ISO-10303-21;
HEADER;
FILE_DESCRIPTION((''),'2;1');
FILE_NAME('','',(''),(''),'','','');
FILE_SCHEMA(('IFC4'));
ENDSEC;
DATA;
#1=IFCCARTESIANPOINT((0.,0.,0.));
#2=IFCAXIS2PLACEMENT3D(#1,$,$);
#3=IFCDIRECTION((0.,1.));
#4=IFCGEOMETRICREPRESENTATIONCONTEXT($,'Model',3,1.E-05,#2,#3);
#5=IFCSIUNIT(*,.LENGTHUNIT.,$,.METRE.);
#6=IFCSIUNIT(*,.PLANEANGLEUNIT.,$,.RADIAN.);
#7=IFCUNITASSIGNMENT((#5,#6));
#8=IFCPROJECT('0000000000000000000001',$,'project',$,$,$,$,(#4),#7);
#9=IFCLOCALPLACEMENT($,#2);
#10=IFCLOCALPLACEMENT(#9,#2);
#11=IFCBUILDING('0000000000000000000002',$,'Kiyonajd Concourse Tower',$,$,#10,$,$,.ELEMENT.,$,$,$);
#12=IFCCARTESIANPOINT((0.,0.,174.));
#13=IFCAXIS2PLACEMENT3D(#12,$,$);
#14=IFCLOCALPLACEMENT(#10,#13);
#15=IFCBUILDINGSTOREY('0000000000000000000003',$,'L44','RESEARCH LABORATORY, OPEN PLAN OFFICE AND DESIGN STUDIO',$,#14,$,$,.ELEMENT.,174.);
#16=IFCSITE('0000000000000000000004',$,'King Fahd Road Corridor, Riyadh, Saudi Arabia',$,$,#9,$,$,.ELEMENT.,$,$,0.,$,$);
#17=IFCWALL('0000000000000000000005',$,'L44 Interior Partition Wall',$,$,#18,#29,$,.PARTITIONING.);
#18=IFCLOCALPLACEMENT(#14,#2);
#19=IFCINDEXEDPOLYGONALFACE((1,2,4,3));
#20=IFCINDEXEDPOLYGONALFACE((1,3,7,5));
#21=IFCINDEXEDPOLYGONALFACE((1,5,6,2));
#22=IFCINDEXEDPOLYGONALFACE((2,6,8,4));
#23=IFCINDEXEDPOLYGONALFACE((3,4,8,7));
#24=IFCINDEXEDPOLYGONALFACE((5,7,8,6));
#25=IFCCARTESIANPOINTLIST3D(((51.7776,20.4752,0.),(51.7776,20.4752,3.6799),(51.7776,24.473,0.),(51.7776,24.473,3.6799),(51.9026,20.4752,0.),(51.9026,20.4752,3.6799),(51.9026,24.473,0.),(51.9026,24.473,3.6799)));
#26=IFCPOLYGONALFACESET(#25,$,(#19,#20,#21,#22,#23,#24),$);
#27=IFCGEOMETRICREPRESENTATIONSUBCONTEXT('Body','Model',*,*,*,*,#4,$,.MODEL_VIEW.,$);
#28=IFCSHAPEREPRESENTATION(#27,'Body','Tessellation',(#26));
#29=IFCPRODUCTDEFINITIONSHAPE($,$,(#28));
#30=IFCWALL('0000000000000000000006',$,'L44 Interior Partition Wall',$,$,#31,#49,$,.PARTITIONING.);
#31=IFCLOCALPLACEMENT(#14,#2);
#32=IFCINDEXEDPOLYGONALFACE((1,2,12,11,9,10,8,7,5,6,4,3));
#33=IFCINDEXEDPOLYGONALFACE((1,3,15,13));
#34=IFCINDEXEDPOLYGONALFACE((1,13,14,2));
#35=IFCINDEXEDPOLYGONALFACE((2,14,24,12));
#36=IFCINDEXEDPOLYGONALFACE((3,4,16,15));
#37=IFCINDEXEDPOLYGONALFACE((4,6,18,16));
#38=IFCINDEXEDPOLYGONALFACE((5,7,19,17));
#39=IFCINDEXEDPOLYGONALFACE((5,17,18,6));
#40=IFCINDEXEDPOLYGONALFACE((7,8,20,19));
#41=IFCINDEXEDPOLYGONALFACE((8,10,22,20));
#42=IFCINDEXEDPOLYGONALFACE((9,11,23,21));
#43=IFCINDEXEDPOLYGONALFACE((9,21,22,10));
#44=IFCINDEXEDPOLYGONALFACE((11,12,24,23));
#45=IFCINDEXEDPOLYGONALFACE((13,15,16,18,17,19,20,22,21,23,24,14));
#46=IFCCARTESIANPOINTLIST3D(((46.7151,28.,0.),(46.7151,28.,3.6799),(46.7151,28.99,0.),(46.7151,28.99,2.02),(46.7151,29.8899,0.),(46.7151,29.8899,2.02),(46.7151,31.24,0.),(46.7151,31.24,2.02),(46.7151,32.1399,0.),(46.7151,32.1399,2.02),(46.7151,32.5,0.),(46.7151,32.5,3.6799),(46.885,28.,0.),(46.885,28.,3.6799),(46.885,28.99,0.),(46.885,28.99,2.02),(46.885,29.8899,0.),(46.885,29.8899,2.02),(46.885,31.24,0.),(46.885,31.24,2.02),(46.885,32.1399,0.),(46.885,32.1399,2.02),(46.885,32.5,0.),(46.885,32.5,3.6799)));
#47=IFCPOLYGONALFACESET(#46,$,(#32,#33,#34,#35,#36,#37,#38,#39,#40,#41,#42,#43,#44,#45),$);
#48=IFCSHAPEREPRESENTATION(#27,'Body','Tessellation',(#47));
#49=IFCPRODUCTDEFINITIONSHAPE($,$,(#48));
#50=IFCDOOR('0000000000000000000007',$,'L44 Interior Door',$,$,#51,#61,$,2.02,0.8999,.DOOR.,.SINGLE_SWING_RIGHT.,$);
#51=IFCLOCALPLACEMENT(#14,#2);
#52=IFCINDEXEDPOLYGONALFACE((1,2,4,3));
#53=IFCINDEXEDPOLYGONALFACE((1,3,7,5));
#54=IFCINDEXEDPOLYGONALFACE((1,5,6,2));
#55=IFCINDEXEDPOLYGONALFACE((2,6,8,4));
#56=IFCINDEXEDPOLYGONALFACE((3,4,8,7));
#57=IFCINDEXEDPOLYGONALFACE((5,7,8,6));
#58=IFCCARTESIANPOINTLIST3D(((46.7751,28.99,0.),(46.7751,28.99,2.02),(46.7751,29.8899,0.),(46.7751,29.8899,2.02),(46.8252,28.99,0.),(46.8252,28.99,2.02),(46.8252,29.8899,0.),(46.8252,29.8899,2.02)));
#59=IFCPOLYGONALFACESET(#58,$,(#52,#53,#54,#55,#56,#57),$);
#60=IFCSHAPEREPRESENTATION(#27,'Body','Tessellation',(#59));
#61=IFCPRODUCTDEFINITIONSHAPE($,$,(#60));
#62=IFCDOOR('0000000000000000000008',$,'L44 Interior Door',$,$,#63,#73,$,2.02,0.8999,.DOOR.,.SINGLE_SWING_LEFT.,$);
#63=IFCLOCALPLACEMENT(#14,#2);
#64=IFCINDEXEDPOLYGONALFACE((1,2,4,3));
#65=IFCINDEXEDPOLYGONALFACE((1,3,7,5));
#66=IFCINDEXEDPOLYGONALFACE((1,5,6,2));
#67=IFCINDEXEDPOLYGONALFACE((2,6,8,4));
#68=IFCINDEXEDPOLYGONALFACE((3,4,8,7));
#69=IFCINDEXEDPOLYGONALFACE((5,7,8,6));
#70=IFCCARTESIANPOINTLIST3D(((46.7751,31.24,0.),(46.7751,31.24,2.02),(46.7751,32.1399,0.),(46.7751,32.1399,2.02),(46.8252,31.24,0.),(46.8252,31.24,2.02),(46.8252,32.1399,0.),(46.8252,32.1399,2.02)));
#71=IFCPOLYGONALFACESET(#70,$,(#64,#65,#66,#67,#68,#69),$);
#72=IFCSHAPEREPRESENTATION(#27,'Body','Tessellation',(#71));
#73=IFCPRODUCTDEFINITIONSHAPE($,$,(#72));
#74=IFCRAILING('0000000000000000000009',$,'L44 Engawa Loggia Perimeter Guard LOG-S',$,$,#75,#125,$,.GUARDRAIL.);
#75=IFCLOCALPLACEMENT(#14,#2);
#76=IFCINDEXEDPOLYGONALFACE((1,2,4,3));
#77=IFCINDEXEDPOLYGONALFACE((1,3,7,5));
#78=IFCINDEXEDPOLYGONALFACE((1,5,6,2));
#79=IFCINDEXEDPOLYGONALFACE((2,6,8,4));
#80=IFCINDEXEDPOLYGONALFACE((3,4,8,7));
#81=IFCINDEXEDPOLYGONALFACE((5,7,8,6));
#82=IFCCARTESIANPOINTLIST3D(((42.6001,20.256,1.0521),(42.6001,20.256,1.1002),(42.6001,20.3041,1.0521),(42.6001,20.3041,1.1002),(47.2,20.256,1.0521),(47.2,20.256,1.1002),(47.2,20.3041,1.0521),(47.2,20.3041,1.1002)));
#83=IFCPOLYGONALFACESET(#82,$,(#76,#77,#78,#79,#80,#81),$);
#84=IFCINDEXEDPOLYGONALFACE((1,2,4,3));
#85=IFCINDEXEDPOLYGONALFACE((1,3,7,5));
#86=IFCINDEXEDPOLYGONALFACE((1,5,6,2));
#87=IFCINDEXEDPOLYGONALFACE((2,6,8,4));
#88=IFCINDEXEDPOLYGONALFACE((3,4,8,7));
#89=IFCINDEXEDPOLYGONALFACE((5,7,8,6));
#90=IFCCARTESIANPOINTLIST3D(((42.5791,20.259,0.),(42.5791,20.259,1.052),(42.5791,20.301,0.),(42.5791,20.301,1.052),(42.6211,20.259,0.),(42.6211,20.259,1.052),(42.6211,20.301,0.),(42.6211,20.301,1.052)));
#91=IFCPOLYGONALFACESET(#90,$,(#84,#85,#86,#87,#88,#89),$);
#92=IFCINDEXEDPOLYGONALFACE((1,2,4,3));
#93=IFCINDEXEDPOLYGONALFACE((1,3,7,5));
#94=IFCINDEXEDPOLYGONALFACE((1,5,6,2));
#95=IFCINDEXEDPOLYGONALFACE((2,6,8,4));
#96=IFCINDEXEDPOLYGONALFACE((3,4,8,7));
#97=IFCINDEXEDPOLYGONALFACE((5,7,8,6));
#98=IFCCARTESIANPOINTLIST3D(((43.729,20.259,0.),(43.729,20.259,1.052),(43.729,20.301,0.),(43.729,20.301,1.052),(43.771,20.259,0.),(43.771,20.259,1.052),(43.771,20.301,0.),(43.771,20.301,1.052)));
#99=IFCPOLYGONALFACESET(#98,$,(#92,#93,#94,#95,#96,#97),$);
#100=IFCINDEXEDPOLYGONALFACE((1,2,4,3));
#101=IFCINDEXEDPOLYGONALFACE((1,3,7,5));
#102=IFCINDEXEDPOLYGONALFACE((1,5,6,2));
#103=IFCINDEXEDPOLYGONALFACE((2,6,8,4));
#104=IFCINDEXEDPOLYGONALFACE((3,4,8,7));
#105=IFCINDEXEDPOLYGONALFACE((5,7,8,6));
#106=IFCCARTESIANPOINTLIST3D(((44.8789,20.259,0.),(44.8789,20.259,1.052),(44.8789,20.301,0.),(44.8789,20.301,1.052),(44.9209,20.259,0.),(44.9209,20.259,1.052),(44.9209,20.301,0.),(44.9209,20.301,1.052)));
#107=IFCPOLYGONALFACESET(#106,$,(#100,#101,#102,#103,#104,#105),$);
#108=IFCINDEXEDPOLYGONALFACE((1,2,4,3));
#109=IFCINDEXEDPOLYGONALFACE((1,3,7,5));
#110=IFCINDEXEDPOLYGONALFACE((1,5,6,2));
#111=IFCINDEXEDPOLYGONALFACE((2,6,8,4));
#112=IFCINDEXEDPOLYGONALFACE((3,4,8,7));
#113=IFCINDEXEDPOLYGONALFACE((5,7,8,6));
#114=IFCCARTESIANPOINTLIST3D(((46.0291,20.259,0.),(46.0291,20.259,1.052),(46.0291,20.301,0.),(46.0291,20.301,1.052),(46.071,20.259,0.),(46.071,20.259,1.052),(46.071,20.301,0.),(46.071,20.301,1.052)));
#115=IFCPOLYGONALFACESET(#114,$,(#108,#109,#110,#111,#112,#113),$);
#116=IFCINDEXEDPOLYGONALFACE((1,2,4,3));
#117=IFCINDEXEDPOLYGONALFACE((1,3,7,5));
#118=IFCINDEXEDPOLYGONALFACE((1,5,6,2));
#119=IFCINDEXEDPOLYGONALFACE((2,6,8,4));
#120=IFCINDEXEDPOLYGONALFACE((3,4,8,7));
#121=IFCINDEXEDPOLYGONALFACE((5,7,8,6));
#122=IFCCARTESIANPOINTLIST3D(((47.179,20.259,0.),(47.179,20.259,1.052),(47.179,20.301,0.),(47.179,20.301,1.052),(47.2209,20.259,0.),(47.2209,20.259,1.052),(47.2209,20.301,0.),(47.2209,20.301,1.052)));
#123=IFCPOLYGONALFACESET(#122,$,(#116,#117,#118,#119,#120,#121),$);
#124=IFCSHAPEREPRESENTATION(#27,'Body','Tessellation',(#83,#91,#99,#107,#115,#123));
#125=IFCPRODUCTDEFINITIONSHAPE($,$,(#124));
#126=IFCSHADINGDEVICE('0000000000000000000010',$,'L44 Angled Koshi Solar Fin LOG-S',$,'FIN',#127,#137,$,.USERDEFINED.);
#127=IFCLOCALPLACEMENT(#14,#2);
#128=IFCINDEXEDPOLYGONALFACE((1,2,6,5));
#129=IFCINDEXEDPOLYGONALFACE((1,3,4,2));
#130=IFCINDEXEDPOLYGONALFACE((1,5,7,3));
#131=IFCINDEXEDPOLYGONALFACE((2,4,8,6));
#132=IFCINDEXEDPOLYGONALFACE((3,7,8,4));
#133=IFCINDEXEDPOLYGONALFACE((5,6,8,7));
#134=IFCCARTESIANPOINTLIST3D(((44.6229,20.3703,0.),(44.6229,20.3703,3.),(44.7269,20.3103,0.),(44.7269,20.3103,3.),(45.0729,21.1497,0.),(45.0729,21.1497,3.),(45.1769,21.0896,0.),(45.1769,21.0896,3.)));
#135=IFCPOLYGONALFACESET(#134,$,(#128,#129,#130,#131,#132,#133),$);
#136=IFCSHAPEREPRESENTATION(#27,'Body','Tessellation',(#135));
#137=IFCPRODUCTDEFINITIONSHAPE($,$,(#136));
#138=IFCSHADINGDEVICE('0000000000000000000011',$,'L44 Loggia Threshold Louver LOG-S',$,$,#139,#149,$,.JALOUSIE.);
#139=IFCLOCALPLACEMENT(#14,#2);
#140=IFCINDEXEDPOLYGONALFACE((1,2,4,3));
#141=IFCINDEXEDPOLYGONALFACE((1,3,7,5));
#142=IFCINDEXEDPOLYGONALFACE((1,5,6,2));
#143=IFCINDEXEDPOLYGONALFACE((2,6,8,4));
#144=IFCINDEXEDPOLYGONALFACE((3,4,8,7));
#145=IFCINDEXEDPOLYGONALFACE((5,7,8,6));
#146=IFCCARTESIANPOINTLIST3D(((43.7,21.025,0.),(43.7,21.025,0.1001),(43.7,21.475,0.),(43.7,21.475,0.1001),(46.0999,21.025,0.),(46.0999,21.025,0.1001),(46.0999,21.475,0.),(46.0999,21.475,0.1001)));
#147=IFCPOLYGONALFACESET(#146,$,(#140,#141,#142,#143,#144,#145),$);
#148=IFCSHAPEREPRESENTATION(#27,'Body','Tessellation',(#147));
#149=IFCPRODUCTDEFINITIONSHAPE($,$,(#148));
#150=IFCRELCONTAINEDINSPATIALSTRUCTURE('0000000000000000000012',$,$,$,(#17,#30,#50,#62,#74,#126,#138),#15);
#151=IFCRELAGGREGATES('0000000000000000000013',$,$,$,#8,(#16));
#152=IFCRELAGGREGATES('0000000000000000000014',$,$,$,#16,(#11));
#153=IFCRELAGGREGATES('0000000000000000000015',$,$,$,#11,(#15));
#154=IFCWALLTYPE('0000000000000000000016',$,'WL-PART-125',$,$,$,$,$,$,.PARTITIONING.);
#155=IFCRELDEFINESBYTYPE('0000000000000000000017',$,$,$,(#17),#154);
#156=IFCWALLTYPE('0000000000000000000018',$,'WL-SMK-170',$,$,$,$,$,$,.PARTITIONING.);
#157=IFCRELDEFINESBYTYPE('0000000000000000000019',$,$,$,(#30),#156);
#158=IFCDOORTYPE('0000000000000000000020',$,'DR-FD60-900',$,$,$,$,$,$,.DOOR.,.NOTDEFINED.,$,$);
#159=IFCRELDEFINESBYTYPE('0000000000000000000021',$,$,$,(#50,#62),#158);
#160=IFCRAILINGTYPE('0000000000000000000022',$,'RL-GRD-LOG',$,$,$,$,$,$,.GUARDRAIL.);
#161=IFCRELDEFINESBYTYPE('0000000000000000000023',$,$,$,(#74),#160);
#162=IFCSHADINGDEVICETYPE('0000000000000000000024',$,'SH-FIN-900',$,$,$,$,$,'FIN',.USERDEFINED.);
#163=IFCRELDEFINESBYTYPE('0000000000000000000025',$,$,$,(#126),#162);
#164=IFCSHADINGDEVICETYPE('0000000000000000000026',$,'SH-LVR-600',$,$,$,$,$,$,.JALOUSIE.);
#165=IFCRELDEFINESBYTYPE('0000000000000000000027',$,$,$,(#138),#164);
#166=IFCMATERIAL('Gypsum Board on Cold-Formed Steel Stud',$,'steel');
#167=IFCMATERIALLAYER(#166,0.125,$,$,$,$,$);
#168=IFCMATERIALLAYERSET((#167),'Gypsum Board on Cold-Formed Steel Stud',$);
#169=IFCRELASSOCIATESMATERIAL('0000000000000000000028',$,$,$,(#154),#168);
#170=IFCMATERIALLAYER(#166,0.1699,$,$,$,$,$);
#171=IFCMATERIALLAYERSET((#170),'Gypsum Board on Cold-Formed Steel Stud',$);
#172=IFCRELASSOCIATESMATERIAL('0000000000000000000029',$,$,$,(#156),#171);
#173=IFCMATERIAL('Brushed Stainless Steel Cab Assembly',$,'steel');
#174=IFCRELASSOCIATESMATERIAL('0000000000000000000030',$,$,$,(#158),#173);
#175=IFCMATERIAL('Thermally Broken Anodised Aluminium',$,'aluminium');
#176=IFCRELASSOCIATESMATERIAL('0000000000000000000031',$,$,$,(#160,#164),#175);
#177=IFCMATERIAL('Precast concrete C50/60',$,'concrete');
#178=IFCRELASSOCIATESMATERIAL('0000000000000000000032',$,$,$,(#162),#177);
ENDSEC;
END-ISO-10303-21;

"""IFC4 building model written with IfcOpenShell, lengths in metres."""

from ifc_helpers import new_model, si_unit, direction, frame, frame_2d, origin, origin_2d, place, context, subcontext, project, spatial, rectangle, extrude, material, layer, layer_set, type_object, element, fill, save


model = new_model("IFC4")

# Units and contexts
model_context = context("Model", 3, precision=1e-05, world=origin(), true_north=direction((0.0, 1.0)))
body_context = subcontext(model_context, "Body", "Model", "MODEL_VIEW")
ifc_project = project(units=[si_unit("LENGTHUNIT", "METRE"), si_unit("PLANEANGLEUNIT", "RADIAN")], contexts=[model_context])

# Site, building, storey
site_placement = place(None, origin())
site = spatial("IfcSite", under=ifc_project, at=site_placement, Name="King Fahd Road Corridor, Riyadh, Saudi Arabia", CompositionType="ELEMENT", RefElevation=0.0)
building_placement = place(site_placement, origin())
building = spatial("IfcBuilding", under=site, at=building_placement, Name="Kiyonajd Concourse Tower", CompositionType="ELEMENT")
storey_placement = place(building_placement, frame((0.0, 0.0, 174.0)))
storey = spatial("IfcBuildingStorey", under=building, at=storey_placement, Name="L44", Description="RESEARCH LABORATORY, OPEN PLAN OFFICE AND DESIGN STUDIO", CompositionType="ELEMENT", Elevation=174.0)

# Shared definitions
ifc_material_1 = material(Name="Thermally Broken Anodised Aluminium", Category="aluminium")

# Shared definitions
ifc_material_2 = material(Name="Precast concrete C50/60", Category="concrete")

# Shared definitions
ifc_material_3 = material(Name="Gypsum Board on Cold-Formed Steel Stud", Category="steel")
ifc_layer_1 = layer(ifc_material_3, 0.125)
ifc_layer_set_1 = layer_set([ifc_layer_1], Name="Gypsum Board on Cold-Formed Steel Stud")
wall_type_1 = type_object("IfcWallType", Name="WL-PART-125", PredefinedType="PARTITIONING", material=ifc_layer_set_1)

# Wall
wall_1_placement = place(storey_placement, frame((51.8401, 20.4751, 0.0), z_axis=(0.0, 0.0, 1.0), x_axis=(0.0, 1.0, 0.0)))
element("IfcWall", 1, at=wall_1_placement, inside=storey, type_object=wall_type_1, Name="L44 Interior Partition Wall", PredefinedType="PARTITIONING", context=body_context, shape_type="SweptSolid", body=[
    extrude(rectangle(XDim=3.9978, YDim=0.125, at=frame_2d((1.999, 0.0))), origin(), (0.0, 0.0, 1.0), 3.6799),
])

# Wall, openings, doors
ifc_layer_2 = layer(ifc_material_3, 0.1699)
ifc_layer_set_2 = layer_set([ifc_layer_2], Name="Gypsum Board on Cold-Formed Steel Stud")
wall_type_2 = type_object("IfcWallType", Name="WL-SMK-170", PredefinedType="PARTITIONING", material=ifc_layer_set_2)
wall_2_placement = place(storey_placement, frame((46.8, 28.0, 0.0), z_axis=(0.0, 0.0, 1.0), x_axis=(0.0, 1.0, 0.0)))
wall_2 = element("IfcWall", 2, at=wall_2_placement, inside=storey, type_object=wall_type_2, Name="L44 Interior Partition Wall", PredefinedType="PARTITIONING", context=body_context, shape_type="SweptSolid", body=[
    extrude(rectangle(XDim=4.5, YDim=0.1699, at=frame_2d((2.25, 0.0))), origin(), (0.0, 0.0, 1.0), 3.6799),
])
opening_1_placement = place(wall_2_placement, frame((0.99, 0.0, 0.0)))
opening_1 = element("IfcOpeningElement", 3, at=opening_1_placement, cuts=wall_2, PredefinedType="OPENING", context=body_context, shape_type="SweptSolid", body=[
    extrude(rectangle(XDim=0.8999, YDim=2.02, at=frame_2d((0.45, 1.01))), frame((0.0, 0.095, 0.0), z_axis=(0.0, -1.0, 0.0), x_axis=(1.0, 0.0, 0.0)), (0.0, 0.0, 1.0), 0.1899),
])
opening_2_placement = place(wall_2_placement, frame((3.24, 0.0, 0.0)))
opening_2 = element("IfcOpeningElement", 4, at=opening_2_placement, cuts=wall_2, PredefinedType="OPENING", context=body_context, shape_type="SweptSolid", body=[
    extrude(rectangle(XDim=0.8999, YDim=2.02, at=frame_2d((0.45, 1.01))), frame((0.0, 0.095, 0.0), z_axis=(0.0, -1.0, 0.0), x_axis=(1.0, 0.0, 0.0)), (0.0, 0.0, 1.0), 0.1899),
])
ifc_material_4 = material(Name="Brushed Stainless Steel Cab Assembly", Category="steel")
door_type_1 = type_object("IfcDoorType", Name="DR-FD60-900", OperationType="NOTDEFINED", PredefinedType="DOOR", material=ifc_material_4)
door_1_placement = place(opening_1_placement, origin())
door_1 = element("IfcDoor", 5, at=door_1_placement, inside=storey, type_object=door_type_1, Name="L44 Interior Door", OperationType="SINGLE_SWING_RIGHT", OverallHeight=2.02, OverallWidth=0.8999, PredefinedType="DOOR", context=body_context, shape_type="SweptSolid", body=[
    extrude(rectangle(XDim=0.8999, YDim=2.02, at=frame_2d((0.45, 1.01))), frame((0.0, 0.0249, 0.0), z_axis=(0.0, -1.0, 0.0), x_axis=(1.0, 0.0, 0.0)), (0.0, 0.0, 1.0), 0.05),
])
fill(opening_1, door_1)
door_2_placement = place(opening_2_placement, origin())
door_2 = element("IfcDoor", 6, at=door_2_placement, inside=storey, type_object=door_type_1, Name="L44 Interior Door", OperationType="SINGLE_SWING_LEFT", OverallHeight=2.02, OverallWidth=0.8999, PredefinedType="DOOR", context=body_context, shape_type="SweptSolid", body=[
    extrude(rectangle(XDim=0.8999, YDim=2.02, at=frame_2d((0.45, 1.01))), frame((0.0, 0.0249, 0.0), z_axis=(0.0, -1.0, 0.0), x_axis=(1.0, 0.0, 0.0)), (0.0, 0.0, 1.0), 0.05),
])
fill(opening_2, door_2)

# Railing
railing_type = type_object("IfcRailingType", Name="RL-GRD-LOG", PredefinedType="GUARDRAIL", material=ifc_material_1)
railing_placement = place(storey_placement, frame((42.6001, 20.28, 0.0)))
element("IfcRailing", 7, at=railing_placement, inside=storey, type_object=railing_type, Name="L44 Engawa Loggia Perimeter Guard LOG-S", PredefinedType="GUARDRAIL", context=body_context, shape_type="SweptSolid", body=[
    extrude(rectangle(XDim=0.0481, YDim=0.0481, at=origin_2d()), frame((0.0, 0.0, 1.0762), z_axis=(1.0, 0.0, 0.0), x_axis=(0.0, 1.0, 0.0)), (0.0, 0.0, 1.0), 4.5999),
    extrude(rectangle(XDim=0.042, YDim=0.042, at=origin_2d()), origin(), (0.0, 0.0, 1.0), 1.052),
    extrude(rectangle(XDim=0.042, YDim=0.042, at=origin_2d()), frame((1.1499, 0.0, 0.0)), (0.0, 0.0, 1.0), 1.052),
    extrude(rectangle(XDim=0.042, YDim=0.042, at=origin_2d()), frame((2.2998, 0.0, 0.0)), (0.0, 0.0, 1.0), 1.052),
    extrude(rectangle(XDim=0.042, YDim=0.042, at=origin_2d()), frame((3.45, 0.0, 0.0)), (0.0, 0.0, 1.0), 1.052),
    extrude(rectangle(XDim=0.042, YDim=0.042, at=origin_2d()), frame((4.5999, 0.0, 0.0)), (0.0, 0.0, 1.0), 1.052),
])

# Shading devices
shading_device_type_1 = type_object("IfcShadingDeviceType", Name="SH-FIN-900", ElementType="FIN", PredefinedType="USERDEFINED", material=ifc_material_2)
shading_device_1_placement = place(storey_placement, frame((44.8999, 20.73, 0.0), z_axis=(0.0, 0.0, 1.0), x_axis=(0.5, 0.866025, 0.0)))
element("IfcShadingDevice", 8, at=shading_device_1_placement, inside=storey, type_object=shading_device_type_1, Name="L44 Angled Koshi Solar Fin LOG-S", ObjectType="FIN", PredefinedType="USERDEFINED", context=body_context, shape_type="SweptSolid", body=[
    extrude(rectangle(XDim=0.8999, YDim=0.1201, at=origin_2d()), origin(), (0.0, 0.0, 1.0), 3.0),
])
shading_device_type_2 = type_object("IfcShadingDeviceType", Name="SH-LVR-600", PredefinedType="JALOUSIE", material=ifc_material_1)
shading_device_2_placement = place(storey_placement, frame((44.8999, 21.25, 0.0), z_axis=(0.0, 0.0, 1.0), x_axis=(1.0, 0.0, 0.0)))
element("IfcShadingDevice", 9, at=shading_device_2_placement, inside=storey, type_object=shading_device_type_2, Name="L44 Loggia Threshold Louver LOG-S", PredefinedType="JALOUSIE", context=body_context, shape_type="SweptSolid", body=[
    extrude(rectangle(XDim=2.3999, YDim=0.45, at=origin_2d()), origin(), (0.0, 0.0, 1.0), 0.1001),
])

save(model, "model.ifc")
